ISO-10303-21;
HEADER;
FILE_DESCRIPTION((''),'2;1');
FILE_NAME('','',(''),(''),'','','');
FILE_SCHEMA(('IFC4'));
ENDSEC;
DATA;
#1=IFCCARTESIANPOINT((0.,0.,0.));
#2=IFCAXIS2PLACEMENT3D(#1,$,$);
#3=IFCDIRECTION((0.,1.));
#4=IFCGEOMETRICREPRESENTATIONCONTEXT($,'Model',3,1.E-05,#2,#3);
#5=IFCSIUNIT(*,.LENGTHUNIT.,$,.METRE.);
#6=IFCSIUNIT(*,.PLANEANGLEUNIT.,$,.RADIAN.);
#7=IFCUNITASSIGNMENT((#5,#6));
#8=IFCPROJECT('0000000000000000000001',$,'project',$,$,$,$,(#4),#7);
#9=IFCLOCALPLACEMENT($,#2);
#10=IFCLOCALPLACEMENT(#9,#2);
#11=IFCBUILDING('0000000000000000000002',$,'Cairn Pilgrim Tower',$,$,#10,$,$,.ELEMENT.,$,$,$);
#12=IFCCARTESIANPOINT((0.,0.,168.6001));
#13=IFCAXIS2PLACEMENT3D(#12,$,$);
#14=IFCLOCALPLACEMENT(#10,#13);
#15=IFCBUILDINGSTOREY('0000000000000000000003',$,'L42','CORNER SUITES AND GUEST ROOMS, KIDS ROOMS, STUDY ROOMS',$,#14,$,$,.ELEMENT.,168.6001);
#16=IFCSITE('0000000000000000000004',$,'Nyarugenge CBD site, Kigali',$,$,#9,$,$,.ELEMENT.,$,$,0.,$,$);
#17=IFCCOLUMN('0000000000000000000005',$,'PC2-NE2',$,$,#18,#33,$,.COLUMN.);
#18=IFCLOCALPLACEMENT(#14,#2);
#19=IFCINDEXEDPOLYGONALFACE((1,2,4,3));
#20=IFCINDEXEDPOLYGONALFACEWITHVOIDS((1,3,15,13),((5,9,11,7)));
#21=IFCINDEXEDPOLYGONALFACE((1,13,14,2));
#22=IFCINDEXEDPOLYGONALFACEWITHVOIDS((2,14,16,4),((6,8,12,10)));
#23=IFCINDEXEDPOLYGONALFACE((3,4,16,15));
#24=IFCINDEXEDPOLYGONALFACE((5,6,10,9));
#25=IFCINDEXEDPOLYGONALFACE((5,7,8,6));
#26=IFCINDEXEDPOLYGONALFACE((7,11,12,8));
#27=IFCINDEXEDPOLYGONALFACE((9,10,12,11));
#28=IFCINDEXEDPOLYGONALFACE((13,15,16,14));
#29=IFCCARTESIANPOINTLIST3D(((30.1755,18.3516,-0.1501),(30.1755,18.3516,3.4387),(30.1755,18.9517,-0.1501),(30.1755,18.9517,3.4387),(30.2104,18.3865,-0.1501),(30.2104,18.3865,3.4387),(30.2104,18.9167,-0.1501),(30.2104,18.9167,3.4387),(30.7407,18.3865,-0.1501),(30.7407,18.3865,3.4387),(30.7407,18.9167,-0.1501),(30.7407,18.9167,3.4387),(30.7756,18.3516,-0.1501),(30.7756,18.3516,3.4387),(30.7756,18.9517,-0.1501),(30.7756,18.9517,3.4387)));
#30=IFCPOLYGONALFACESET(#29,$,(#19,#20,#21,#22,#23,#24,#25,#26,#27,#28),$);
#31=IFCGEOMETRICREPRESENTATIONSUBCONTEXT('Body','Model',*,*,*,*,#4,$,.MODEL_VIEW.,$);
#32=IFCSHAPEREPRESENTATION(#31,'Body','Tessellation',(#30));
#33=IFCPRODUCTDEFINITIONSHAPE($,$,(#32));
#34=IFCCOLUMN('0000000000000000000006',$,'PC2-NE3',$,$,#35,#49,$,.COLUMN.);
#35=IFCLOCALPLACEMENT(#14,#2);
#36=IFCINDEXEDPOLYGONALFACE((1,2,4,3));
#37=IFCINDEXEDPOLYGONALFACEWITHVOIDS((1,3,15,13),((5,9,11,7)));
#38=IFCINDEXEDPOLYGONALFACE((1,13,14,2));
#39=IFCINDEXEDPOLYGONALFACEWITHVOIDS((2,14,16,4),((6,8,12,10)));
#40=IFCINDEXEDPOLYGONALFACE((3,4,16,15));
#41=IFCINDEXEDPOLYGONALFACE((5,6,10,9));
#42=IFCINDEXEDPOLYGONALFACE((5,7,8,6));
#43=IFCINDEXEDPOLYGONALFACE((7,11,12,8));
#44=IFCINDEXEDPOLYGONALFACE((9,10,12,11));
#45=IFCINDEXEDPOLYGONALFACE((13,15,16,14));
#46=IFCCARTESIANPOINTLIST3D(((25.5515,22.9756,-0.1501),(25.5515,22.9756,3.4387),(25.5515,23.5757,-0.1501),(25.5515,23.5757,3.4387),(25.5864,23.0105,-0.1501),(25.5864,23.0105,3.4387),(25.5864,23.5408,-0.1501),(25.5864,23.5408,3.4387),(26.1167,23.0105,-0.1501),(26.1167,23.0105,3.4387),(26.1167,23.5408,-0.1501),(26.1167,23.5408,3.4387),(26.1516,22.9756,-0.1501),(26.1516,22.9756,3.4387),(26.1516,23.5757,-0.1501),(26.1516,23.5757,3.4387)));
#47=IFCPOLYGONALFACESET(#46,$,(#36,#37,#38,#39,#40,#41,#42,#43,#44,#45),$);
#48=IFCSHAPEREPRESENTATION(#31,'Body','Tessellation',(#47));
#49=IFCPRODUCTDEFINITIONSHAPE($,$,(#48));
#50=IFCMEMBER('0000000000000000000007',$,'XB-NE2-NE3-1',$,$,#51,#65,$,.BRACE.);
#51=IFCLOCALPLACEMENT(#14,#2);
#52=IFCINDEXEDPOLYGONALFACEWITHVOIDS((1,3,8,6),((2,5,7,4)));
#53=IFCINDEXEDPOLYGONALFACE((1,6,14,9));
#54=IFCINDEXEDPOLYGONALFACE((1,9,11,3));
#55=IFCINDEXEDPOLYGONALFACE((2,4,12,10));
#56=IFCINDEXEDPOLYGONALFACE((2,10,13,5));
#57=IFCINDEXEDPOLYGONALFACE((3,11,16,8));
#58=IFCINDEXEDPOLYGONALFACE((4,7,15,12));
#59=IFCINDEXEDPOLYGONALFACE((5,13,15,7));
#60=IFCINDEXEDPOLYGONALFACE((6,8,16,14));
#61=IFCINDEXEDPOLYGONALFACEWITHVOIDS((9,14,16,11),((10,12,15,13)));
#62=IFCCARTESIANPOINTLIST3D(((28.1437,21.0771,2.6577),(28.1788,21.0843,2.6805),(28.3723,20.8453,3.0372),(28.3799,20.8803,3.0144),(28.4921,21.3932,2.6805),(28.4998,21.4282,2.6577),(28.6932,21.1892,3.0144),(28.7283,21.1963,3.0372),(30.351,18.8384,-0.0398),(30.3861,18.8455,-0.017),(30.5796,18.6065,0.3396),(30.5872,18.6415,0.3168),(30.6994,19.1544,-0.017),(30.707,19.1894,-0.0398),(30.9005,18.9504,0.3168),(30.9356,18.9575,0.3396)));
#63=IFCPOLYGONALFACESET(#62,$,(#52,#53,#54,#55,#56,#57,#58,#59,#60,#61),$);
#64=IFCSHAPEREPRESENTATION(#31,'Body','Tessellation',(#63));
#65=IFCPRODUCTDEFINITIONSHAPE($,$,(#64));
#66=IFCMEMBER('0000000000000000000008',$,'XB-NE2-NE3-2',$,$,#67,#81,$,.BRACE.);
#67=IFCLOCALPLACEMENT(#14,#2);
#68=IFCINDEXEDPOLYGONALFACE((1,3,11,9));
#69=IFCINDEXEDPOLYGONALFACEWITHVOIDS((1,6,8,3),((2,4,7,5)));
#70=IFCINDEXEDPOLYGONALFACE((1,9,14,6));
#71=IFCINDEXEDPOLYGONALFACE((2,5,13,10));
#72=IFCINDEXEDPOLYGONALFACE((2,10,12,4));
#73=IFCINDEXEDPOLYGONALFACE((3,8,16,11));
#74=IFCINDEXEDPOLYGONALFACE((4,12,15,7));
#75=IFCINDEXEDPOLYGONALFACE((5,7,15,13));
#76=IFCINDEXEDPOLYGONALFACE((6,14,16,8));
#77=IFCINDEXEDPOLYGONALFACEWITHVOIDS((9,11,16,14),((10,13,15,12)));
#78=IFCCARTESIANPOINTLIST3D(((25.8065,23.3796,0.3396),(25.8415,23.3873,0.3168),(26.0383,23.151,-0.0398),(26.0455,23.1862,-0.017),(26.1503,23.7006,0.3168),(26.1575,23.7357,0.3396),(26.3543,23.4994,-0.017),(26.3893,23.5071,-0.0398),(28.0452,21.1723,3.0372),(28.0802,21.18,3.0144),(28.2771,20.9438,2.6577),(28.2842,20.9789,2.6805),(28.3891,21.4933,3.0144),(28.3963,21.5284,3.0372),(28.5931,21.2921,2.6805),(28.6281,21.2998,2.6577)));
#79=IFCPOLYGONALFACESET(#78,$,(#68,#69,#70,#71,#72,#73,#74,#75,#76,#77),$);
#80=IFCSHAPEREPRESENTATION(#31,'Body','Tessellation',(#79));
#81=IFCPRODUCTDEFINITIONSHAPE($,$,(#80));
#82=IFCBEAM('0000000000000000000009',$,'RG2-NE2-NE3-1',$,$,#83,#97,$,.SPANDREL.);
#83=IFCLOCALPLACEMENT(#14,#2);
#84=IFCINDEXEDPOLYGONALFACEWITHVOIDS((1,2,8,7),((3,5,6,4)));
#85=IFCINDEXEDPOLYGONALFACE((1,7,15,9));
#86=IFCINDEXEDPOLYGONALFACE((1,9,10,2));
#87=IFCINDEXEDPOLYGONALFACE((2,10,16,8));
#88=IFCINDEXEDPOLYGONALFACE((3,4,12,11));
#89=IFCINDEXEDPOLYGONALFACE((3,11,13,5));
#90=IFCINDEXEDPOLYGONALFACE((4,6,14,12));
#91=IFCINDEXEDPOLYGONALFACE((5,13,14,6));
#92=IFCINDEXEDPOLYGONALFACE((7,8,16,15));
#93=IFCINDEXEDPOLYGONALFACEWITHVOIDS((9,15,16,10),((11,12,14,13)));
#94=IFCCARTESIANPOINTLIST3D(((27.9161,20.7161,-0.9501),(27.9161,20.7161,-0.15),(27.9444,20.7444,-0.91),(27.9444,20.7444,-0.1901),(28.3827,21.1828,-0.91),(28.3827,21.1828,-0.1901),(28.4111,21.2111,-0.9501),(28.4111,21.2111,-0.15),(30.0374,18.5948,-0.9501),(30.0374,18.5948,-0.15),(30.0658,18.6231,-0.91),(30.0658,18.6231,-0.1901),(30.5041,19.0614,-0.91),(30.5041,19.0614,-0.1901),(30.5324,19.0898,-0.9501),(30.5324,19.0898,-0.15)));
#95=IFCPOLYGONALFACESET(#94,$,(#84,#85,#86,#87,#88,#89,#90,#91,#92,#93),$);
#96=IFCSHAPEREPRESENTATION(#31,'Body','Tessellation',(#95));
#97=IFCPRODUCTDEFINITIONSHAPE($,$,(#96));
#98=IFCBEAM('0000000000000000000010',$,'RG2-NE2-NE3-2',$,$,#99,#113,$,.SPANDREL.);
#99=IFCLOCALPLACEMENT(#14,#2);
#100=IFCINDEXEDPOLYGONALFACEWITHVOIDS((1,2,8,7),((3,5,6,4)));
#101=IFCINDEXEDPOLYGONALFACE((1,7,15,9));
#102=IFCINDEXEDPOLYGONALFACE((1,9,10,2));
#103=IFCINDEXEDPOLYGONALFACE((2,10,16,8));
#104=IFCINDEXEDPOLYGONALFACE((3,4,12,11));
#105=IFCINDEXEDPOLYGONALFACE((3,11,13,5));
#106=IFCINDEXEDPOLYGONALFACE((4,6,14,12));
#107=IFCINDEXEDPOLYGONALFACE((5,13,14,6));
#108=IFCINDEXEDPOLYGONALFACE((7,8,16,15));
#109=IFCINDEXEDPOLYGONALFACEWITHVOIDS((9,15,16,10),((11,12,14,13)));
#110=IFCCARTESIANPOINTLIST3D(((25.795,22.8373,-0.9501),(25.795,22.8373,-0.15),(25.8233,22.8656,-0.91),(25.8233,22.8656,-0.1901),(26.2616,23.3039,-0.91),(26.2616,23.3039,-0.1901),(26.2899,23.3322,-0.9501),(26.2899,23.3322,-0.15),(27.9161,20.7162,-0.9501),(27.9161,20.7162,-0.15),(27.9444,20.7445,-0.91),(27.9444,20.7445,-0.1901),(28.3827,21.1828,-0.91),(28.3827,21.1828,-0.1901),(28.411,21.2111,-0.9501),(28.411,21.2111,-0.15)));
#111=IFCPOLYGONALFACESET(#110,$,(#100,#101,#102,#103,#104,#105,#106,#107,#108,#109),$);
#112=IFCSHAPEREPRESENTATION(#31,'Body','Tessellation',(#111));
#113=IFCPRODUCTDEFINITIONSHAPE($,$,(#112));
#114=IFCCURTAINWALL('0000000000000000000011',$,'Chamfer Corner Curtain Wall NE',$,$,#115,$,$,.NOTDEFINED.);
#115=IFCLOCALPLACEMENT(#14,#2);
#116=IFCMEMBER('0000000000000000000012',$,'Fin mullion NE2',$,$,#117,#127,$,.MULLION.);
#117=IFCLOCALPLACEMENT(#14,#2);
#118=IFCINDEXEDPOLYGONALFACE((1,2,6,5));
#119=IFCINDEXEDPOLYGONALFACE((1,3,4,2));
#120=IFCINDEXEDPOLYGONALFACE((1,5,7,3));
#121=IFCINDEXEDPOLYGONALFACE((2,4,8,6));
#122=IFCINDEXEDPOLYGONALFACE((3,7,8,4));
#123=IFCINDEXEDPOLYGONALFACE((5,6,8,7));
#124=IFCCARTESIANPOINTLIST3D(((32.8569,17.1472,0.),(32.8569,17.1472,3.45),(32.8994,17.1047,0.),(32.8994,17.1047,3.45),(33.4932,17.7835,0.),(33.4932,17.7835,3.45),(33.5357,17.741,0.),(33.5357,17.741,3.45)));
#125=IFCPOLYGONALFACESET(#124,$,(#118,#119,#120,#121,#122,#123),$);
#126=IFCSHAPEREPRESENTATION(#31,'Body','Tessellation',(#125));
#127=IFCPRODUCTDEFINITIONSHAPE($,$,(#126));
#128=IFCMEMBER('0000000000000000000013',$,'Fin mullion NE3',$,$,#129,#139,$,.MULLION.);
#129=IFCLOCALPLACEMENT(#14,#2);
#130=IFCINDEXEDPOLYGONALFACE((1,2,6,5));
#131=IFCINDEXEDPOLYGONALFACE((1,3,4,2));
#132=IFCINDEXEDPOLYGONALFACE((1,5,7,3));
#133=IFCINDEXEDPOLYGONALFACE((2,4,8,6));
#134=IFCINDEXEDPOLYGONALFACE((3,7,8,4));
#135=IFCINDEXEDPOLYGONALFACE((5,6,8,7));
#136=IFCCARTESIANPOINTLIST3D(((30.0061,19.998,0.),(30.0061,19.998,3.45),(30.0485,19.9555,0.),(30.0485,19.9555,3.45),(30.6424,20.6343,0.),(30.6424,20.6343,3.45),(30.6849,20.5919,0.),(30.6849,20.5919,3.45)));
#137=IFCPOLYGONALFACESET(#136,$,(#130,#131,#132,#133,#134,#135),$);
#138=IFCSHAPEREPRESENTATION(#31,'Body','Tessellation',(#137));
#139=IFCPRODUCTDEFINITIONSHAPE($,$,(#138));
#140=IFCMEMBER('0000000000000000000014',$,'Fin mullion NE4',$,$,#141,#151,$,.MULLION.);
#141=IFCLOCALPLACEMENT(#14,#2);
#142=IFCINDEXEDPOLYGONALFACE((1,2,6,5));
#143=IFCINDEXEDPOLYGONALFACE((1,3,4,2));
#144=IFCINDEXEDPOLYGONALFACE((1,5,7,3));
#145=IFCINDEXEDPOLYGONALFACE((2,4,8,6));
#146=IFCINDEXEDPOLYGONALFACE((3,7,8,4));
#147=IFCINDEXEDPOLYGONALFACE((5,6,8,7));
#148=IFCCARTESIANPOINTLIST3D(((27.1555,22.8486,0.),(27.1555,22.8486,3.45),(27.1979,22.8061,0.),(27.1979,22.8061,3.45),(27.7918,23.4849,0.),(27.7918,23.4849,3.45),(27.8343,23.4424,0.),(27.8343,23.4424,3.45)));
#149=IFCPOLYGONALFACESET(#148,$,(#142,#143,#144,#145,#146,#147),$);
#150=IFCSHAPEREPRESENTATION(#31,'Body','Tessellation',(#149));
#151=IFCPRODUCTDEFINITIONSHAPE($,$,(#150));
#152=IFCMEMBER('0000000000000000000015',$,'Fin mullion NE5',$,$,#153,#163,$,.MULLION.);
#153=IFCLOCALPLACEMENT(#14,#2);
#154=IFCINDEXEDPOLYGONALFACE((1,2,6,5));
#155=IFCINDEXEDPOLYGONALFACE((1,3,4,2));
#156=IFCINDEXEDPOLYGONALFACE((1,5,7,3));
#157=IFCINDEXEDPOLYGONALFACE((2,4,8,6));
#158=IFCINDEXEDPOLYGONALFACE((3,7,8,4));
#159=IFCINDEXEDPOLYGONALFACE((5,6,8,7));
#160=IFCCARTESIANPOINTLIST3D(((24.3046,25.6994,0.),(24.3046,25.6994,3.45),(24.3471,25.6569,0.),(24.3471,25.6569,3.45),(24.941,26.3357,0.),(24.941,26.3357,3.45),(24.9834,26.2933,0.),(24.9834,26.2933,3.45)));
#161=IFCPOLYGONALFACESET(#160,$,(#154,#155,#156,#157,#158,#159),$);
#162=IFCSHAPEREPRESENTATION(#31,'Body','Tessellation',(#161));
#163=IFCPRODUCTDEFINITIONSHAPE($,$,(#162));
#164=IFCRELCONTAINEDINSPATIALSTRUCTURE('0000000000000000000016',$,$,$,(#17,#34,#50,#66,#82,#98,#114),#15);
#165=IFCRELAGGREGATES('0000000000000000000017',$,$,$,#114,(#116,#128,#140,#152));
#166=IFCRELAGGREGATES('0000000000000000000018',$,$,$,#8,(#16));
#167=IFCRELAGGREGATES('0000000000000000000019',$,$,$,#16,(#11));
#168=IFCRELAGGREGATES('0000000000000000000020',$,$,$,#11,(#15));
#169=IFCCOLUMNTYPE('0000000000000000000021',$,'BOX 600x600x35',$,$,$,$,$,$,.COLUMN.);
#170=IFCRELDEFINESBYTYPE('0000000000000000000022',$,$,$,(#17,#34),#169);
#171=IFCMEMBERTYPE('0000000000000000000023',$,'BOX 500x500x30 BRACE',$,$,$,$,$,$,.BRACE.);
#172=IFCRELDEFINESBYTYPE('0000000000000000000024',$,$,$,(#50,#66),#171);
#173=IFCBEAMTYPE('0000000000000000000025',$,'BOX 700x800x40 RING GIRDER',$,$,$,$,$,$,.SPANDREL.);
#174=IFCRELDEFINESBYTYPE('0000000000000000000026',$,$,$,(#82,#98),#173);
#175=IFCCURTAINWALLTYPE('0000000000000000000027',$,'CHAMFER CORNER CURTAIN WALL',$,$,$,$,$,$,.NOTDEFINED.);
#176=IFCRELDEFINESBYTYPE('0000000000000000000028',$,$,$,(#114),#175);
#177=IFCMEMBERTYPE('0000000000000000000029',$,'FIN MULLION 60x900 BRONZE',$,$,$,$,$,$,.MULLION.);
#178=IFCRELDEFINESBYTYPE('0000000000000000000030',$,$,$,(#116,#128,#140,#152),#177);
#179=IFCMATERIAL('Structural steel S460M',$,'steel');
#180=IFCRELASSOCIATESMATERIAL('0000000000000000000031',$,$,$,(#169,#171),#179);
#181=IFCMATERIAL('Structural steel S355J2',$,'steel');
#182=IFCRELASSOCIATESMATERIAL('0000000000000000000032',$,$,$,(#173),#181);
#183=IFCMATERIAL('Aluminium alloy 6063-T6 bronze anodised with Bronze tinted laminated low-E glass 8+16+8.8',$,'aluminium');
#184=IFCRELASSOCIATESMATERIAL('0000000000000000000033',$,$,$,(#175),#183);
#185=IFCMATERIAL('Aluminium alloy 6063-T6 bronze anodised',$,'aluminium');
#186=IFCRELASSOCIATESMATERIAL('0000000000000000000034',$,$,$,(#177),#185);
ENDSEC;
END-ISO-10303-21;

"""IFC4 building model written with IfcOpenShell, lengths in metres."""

from ifc_helpers import new_model, si_unit, direction, frame, origin, origin_2d, place, context, subcontext, project, spatial, rectangle, hollow_rectangle, extrude, clip, halfspace, material, material_profile, profile_set, type_object, element, aggregate, save


model = new_model("IFC4")

# Units and contexts
model_context = context("Model", 3, precision=1e-05, world=origin(), true_north=direction((0.0, 1.0)))
body_context = subcontext(model_context, "Body", "Model", "MODEL_VIEW")
ifc_project = project(units=[si_unit("LENGTHUNIT", "METRE"), si_unit("PLANEANGLEUNIT", "RADIAN")], contexts=[model_context])

# Site, building, storey
site_placement = place(None, origin())
site = spatial("IfcSite", under=ifc_project, at=site_placement, Name="Nyarugenge CBD site, Kigali", CompositionType="ELEMENT", RefElevation=0.0)
building_placement = place(site_placement, origin())
building = spatial("IfcBuilding", under=site, at=building_placement, Name="Cairn Pilgrim Tower", CompositionType="ELEMENT")
storey_placement = place(building_placement, frame((0.0, 0.0, 168.6001)))
storey = spatial("IfcBuildingStorey", under=building, at=storey_placement, Name="L42", Description="CORNER SUITES AND GUEST ROOMS, KIDS ROOMS, STUDY ROOMS", CompositionType="ELEMENT", Elevation=168.6001)

# Columns
ifc_material_1 = material(Name="Structural steel S460M", Category="steel")
ifc_material_profile_1 = material_profile(ifc_material_1, hollow_rectangle(XDim=0.6001, YDim=0.6001, WallThickness=0.0349, at=origin_2d()), Name="BOX 600x600x35")
ifc_profile_set_1 = profile_set([ifc_material_profile_1], Name="Structural steel S460M")
column_type = type_object("IfcColumnType", Name="BOX 600x600x35", PredefinedType="COLUMN", material=ifc_profile_set_1)
for number, where, z_axis, x_axis, name in (
    (1, (30.4756, 18.6516, -0.1501), (0.0, 0.0, 1.0), (1.0, 0.0, 0.0), "PC2-NE2"),
    (2, (25.8516, 23.2756, -0.1501), (0.0, 0.0, 1.0), (1.0, 0.0, 0.0), "PC2-NE3"),
):
    element("IfcColumn", number, at=place(storey_placement, frame(where, z_axis=z_axis, x_axis=x_axis)), inside=storey, type_object=column_type, Name=name, PredefinedType="COLUMN", context=body_context, shape_type="Clipping", body=[
        clip(extrude(hollow_rectangle(XDim=0.6001, YDim=0.6001, WallThickness=0.0349, at=origin_2d()), origin(), (0.0, 0.0, 1.0), 3.6001), halfspace(frame((0.0, 0.0, 3.5889), z_axis=(0.0, 0.0, 1.0), x_axis=(1.0, 0.0, 0.0)), False)),
    ])

# Members
ifc_material_profile_2 = material_profile(ifc_material_1, hollow_rectangle(XDim=0.5, YDim=0.5, WallThickness=0.03, at=origin_2d()), Name="BOX 500x500x30")
ifc_profile_set_2 = profile_set([ifc_material_profile_2], Name="Structural steel S460M")
member_type_1 = type_object("IfcMemberType", Name="BOX 500x500x30 BRACE", PredefinedType="BRACE", material=ifc_profile_set_2)
for number, where, z_axis, x_axis, name in (
    (3, (30.6433, 18.8979, 0.1499), (-0.53283, 0.540433, 0.651171), (-0.712098, -0.70208, 0.0), "XB-NE2-NE3-1"),
    (4, (26.0979, 23.4434, 0.1499), (0.540433, -0.53283, 0.651171), (0.70208, 0.712098, 0.0), "XB-NE2-NE3-2"),
):
    element("IfcMember", number, at=place(storey_placement, frame(where, z_axis=z_axis, x_axis=x_axis)), inside=storey, type_object=member_type_1, Name=name, PredefinedType="BRACE", context=body_context, shape_type="SweptSolid", body=[
        extrude(hollow_rectangle(XDim=0.5, YDim=0.5, WallThickness=0.03, at=origin_2d()), origin(), (0.0, 0.0, 1.0), 4.1426),
    ])

# Beams
ifc_material_2 = material(Name="Structural steel S355J2", Category="steel")
ifc_material_profile_3 = material_profile(ifc_material_2, hollow_rectangle(XDim=0.7, YDim=0.8, WallThickness=0.04, at=origin_2d()), Name="BOX 700x800x40")
ifc_profile_set_3 = profile_set([ifc_material_profile_3], Name="Structural steel S355J2")
beam_type_1 = type_object("IfcBeamType", Name="BOX 700x800x40 RING GIRDER", PredefinedType="SPANDREL", material=ifc_profile_set_3)
beam_1_placement = place(storey_placement, frame((30.2849, 18.8423, -0.55), z_axis=(-0.707107, 0.707107, 0.0), x_axis=(-0.707107, -0.707107, 0.0)))
element("IfcBeam", 5, at=beam_1_placement, inside=storey, type_object=beam_type_1, Name="RG2-NE2-NE3-1", PredefinedType="SPANDREL", context=body_context, shape_type="SweptSolid", body=[
    extrude(hollow_rectangle(XDim=0.7, YDim=0.8, WallThickness=0.04, at=origin_2d()), origin(), (0.0, 0.0, 1.0), 3.0),
])
beam_2_placement = place(storey_placement, frame((28.1636, 20.9636, -0.55), z_axis=(-0.707107, 0.707107, 0.0), x_axis=(-0.707107, -0.707107, 0.0)))
element("IfcBeam", 6, at=beam_2_placement, inside=storey, type_object=beam_type_1, Name="RG2-NE2-NE3-2", PredefinedType="SPANDREL", context=body_context, shape_type="SweptSolid", body=[
    extrude(hollow_rectangle(XDim=0.7, YDim=0.8, WallThickness=0.04, at=origin_2d()), origin(), (0.0, 0.0, 1.0), 2.9998),
])

# Curtain wall, members
ifc_material_3 = material(Name="Aluminium alloy 6063-T6 bronze anodised with Bronze tinted laminated low-E glass 8+16+8.8", Category="aluminium")
curtain_wall_type = type_object("IfcCurtainWallType", Name="CHAMFER CORNER CURTAIN WALL", PredefinedType="NOTDEFINED", material=ifc_material_3)
curtain_wall_placement = place(storey_placement, origin())
curtain_wall = element("IfcCurtainWall", 7, at=curtain_wall_placement, inside=storey, type_object=curtain_wall_type, Name="Chamfer Corner Curtain Wall NE", PredefinedType="NOTDEFINED")
ifc_material_4 = material(Name="Aluminium alloy 6063-T6 bronze anodised", Category="aluminium")
ifc_material_profile_4 = material_profile(ifc_material_4, rectangle(XDim=0.8999, YDim=0.0601, at=origin_2d()), Name="FIN MULLION 60x900 BRONZE")
ifc_profile_set_4 = profile_set([ifc_material_profile_4], Name="Aluminium alloy 6063-T6 bronze anodised")
member_type_2 = type_object("IfcMemberType", Name="FIN MULLION 60x900 BRONZE", PredefinedType="MULLION", material=ifc_profile_set_4)
member_1_placement = place(storey_placement, frame((33.1963, 17.4441, 0.0), z_axis=(0.0, 0.0, 1.0), x_axis=(0.707107, 0.707107, 0.0)))
member_1 = element("IfcMember", 8, at=member_1_placement, type_object=member_type_2, Name="Fin mullion NE2", PredefinedType="MULLION", context=body_context, shape_type="SweptSolid", body=[
    extrude(rectangle(XDim=0.8999, YDim=0.0601, at=origin_2d()), origin(), (0.0, 0.0, 1.0), 3.45),
])
member_2_placement = place(storey_placement, frame((30.3455, 20.2949, 0.0), z_axis=(0.0, 0.0, 1.0), x_axis=(0.707107, 0.707107, 0.0)))
member_2 = element("IfcMember", 9, at=member_2_placement, type_object=member_type_2, Name="Fin mullion NE3", PredefinedType="MULLION", context=body_context, shape_type="SweptSolid", body=[
    extrude(rectangle(XDim=0.8999, YDim=0.0601, at=origin_2d()), origin(), (0.0, 0.0, 1.0), 3.45),
])
member_3_placement = place(storey_placement, frame((27.4949, 23.1455, 0.0), z_axis=(0.0, 0.0, 1.0), x_axis=(0.707107, 0.707107, 0.0)))
member_3 = element("IfcMember", 10, at=member_3_placement, type_object=member_type_2, Name="Fin mullion NE4", PredefinedType="MULLION", context=body_context, shape_type="SweptSolid", body=[
    extrude(rectangle(XDim=0.8999, YDim=0.0601, at=origin_2d()), origin(), (0.0, 0.0, 1.0), 3.45),
])
member_4_placement = place(storey_placement, frame((24.644, 25.9963, 0.0), z_axis=(0.0, 0.0, 1.0), x_axis=(0.707107, 0.707107, 0.0)))
member_4 = element("IfcMember", 11, at=member_4_placement, type_object=member_type_2, Name="Fin mullion NE5", PredefinedType="MULLION", context=body_context, shape_type="SweptSolid", body=[
    extrude(rectangle(XDim=0.8999, YDim=0.0601, at=origin_2d()), origin(), (0.0, 0.0, 1.0), 3.45),
])

aggregate(curtain_wall, [member_1, member_2, member_3, member_4])

save(model, "model.ifc")
